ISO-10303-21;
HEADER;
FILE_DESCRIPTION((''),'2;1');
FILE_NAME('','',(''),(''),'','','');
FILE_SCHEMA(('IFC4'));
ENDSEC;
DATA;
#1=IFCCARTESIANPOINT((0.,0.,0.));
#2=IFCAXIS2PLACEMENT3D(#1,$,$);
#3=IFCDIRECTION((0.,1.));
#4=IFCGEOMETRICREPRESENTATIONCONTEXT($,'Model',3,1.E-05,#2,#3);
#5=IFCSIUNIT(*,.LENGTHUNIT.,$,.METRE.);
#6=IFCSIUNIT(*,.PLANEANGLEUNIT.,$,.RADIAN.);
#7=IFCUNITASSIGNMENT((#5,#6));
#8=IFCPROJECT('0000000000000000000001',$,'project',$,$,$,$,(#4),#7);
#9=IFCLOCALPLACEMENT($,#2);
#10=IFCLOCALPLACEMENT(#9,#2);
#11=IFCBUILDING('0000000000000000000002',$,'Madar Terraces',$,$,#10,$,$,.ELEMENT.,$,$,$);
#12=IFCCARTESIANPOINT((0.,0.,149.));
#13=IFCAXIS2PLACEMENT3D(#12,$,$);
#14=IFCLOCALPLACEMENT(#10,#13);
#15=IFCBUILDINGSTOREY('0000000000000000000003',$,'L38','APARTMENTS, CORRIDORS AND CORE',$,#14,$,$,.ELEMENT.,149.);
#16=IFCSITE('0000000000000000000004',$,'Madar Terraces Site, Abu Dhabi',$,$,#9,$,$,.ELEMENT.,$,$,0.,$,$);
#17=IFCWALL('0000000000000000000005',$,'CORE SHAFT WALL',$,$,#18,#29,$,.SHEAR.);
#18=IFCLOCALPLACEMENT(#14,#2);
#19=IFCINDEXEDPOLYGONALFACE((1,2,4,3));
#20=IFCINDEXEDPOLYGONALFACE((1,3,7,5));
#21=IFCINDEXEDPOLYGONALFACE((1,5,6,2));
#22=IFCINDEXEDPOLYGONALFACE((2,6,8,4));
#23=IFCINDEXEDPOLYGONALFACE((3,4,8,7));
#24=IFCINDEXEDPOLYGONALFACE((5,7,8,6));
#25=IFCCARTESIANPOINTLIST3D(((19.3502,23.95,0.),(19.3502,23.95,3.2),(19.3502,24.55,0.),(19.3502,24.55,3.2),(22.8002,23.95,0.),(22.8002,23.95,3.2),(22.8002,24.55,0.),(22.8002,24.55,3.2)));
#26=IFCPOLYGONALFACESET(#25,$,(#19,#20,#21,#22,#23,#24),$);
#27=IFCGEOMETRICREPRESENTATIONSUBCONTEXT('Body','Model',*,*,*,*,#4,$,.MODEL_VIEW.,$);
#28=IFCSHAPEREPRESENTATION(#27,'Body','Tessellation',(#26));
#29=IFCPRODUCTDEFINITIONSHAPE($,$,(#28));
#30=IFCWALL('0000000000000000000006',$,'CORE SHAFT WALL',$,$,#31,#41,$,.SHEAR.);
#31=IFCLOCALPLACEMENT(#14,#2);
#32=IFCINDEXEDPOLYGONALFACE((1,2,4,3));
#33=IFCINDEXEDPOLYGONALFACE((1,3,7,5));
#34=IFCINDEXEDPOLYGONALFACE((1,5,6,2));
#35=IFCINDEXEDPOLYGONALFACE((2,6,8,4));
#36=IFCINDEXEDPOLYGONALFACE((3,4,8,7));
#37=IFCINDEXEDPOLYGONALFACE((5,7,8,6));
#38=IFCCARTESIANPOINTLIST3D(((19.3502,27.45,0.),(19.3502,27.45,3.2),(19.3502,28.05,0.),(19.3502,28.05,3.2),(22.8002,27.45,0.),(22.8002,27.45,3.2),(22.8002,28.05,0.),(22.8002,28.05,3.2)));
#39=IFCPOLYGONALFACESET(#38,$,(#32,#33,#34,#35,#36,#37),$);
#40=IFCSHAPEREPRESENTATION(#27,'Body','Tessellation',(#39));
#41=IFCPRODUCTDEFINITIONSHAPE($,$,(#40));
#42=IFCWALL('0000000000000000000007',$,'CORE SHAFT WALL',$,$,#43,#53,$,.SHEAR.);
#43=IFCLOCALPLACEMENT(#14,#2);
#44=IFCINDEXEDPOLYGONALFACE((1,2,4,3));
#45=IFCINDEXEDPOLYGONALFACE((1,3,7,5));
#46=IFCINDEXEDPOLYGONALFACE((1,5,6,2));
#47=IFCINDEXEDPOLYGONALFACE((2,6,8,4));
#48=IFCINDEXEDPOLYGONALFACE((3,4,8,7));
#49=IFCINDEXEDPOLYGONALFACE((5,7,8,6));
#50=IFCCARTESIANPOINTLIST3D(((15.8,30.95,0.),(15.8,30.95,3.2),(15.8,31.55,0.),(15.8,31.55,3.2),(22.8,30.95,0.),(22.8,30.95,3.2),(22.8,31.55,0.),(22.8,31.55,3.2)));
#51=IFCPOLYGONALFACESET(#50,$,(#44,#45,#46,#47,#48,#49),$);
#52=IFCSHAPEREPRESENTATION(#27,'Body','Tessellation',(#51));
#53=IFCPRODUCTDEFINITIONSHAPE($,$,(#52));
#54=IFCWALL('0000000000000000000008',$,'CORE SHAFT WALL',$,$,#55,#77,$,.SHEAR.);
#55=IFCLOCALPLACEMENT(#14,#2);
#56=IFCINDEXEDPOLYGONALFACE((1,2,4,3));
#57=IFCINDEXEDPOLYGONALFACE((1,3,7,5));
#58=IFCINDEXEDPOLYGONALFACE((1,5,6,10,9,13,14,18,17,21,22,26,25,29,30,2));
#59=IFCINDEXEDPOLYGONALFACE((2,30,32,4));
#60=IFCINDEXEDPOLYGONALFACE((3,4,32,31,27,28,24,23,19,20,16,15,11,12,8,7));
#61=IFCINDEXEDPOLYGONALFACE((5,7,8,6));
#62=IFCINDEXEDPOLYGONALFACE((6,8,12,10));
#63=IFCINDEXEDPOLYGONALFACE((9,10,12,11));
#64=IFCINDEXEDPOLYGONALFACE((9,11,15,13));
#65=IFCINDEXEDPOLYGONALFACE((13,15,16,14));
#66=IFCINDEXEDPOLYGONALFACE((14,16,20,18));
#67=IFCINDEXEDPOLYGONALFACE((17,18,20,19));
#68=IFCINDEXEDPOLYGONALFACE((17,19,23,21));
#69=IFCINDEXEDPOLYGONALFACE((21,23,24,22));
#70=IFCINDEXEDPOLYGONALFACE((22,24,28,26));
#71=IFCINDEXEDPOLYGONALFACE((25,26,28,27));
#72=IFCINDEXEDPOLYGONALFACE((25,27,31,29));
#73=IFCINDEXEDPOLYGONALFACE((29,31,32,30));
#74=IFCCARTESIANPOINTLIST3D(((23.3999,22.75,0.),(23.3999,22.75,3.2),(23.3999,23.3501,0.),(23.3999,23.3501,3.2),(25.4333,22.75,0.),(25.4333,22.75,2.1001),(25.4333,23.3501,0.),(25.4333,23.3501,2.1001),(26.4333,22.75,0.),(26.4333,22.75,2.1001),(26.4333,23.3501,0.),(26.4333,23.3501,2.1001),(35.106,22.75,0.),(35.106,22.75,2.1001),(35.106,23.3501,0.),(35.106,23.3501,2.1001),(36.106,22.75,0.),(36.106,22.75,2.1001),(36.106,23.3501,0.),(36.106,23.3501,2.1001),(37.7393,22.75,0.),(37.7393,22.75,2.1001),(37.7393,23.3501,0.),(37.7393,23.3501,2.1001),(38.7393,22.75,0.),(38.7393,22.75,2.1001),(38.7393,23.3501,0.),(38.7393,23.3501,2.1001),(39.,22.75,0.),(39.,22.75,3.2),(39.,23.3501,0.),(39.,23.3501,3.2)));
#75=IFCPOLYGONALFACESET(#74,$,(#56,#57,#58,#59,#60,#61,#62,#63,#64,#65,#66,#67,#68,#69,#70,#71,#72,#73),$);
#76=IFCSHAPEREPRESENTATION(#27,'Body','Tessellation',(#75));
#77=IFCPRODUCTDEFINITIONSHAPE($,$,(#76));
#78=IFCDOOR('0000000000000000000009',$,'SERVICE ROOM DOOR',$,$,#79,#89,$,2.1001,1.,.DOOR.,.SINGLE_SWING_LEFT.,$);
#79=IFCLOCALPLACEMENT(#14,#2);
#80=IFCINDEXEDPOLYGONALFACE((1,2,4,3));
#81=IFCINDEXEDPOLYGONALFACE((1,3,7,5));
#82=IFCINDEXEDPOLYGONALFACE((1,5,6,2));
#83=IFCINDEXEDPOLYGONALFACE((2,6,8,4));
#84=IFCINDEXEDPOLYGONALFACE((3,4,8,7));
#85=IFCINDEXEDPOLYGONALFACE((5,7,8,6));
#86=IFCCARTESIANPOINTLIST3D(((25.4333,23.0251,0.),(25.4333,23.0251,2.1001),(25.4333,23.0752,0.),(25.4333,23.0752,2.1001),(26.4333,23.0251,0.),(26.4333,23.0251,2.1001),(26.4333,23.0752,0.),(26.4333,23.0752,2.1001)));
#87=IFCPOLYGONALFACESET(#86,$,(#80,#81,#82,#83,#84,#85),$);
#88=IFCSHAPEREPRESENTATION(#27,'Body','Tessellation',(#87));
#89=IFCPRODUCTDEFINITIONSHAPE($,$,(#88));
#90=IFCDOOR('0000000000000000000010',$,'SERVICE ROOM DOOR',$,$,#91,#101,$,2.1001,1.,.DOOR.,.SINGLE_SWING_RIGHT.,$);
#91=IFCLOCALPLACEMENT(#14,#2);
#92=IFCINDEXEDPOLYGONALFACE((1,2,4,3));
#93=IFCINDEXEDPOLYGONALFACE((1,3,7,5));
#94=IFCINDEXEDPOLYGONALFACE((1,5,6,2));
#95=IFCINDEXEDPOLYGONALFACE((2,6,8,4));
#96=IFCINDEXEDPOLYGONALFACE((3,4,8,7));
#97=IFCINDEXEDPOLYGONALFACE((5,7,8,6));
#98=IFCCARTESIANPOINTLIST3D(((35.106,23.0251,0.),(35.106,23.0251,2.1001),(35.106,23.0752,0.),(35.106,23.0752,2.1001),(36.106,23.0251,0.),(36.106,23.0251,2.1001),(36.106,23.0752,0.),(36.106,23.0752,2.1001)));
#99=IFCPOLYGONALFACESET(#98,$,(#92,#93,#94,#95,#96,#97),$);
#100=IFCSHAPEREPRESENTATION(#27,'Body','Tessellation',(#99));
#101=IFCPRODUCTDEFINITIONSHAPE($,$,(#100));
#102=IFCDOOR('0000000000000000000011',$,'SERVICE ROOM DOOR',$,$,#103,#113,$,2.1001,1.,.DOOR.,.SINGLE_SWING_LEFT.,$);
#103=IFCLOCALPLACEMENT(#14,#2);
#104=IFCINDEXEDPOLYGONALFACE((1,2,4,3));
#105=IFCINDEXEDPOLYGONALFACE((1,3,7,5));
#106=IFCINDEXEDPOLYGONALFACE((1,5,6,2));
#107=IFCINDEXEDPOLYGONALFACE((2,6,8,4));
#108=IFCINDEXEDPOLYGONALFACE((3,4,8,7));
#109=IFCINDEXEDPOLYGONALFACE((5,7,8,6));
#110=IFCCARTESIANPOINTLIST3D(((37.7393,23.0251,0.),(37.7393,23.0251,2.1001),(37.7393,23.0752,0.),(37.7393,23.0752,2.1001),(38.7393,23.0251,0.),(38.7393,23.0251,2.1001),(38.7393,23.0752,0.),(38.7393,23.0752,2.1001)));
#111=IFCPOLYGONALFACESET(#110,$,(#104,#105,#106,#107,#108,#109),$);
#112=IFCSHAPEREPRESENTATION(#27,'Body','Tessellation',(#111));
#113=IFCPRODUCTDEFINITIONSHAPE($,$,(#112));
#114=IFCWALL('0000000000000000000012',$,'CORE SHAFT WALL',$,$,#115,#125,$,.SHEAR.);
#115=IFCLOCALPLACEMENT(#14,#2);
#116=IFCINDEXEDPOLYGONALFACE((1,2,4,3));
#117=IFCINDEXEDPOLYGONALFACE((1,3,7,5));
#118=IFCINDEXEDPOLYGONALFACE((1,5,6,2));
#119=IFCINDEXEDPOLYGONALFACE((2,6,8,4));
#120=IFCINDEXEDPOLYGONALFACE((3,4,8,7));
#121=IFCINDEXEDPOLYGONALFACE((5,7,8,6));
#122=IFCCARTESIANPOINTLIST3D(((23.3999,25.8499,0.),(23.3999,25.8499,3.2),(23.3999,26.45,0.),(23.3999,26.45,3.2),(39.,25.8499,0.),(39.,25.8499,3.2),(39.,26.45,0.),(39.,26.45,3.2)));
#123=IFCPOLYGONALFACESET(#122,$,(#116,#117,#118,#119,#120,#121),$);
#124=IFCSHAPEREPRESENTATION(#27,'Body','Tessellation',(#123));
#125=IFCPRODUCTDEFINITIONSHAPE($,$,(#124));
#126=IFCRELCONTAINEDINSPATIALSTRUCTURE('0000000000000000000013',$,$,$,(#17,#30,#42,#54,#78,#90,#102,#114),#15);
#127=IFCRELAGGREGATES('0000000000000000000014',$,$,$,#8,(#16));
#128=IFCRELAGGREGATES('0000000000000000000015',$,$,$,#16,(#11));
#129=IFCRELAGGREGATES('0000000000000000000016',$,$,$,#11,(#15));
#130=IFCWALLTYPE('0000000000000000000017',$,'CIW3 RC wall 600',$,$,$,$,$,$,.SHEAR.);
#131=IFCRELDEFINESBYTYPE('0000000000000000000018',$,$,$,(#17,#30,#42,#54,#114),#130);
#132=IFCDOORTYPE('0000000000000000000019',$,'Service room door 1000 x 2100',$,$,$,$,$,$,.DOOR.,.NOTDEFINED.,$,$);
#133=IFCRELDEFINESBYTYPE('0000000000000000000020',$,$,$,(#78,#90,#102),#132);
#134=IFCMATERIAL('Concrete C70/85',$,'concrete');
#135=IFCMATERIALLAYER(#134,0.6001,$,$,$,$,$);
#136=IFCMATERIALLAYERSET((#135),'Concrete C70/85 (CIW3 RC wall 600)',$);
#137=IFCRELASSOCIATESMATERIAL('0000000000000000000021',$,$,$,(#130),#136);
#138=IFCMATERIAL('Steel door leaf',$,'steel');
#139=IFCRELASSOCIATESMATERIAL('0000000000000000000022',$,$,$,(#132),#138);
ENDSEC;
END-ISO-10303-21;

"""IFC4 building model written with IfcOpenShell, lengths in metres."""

from ifc_helpers import new_model, si_unit, direction, frame, frame_2d, origin, place, context, subcontext, project, spatial, rectangle, extrude, material, layer, layer_set, type_object, element, fill, save


model = new_model("IFC4")

# Units and contexts
model_context = context("Model", 3, precision=1e-05, world=origin(), true_north=direction((0.0, 1.0)))
body_context = subcontext(model_context, "Body", "Model", "MODEL_VIEW")
ifc_project = project(units=[si_unit("LENGTHUNIT", "METRE"), si_unit("PLANEANGLEUNIT", "RADIAN")], contexts=[model_context])

# Site, building, storey
site_placement = place(None, origin())
site = spatial("IfcSite", under=ifc_project, at=site_placement, Name="Madar Terraces Site, Abu Dhabi", CompositionType="ELEMENT", RefElevation=0.0)
building_placement = place(site_placement, origin())
building = spatial("IfcBuilding", under=site, at=building_placement, Name="Madar Terraces", CompositionType="ELEMENT")
storey_placement = place(building_placement, frame((0.0, 0.0, 149.0)))
storey = spatial("IfcBuildingStorey", under=building, at=storey_placement, Name="L38", Description="APARTMENTS, CORRIDORS AND CORE", CompositionType="ELEMENT", Elevation=149.0)

# Walls
ifc_material_1 = material(Name="Concrete C70/85", Category="concrete")
ifc_layer_1 = layer(ifc_material_1, 0.6001)
ifc_layer_set_1 = layer_set([ifc_layer_1], Name="Concrete C70/85 (CIW3 RC wall 600)")
wall_type_1 = type_object("IfcWallType", Name="CIW3 RC wall 600", PredefinedType="SHEAR", material=ifc_layer_set_1)
for number, where, z_axis, x_axis, name in (
    (1, (19.3501, 24.25, 0.0), (0.0, 0.0, 1.0), (1.0, 0.0, 0.0), "CORE SHAFT WALL"),
    (2, (19.3501, 27.75, 0.0), (0.0, 0.0, 1.0), (1.0, 0.0, 0.0), "CORE SHAFT WALL"),
):
    element("IfcWall", number, at=place(storey_placement, frame(where, z_axis=z_axis, x_axis=x_axis)), inside=storey, type_object=wall_type_1, Name=name, PredefinedType="SHEAR", context=body_context, shape_type="SweptSolid", body=[
        extrude(rectangle(XDim=3.45, YDim=0.6001, at=frame_2d((1.7251, 0.0))), origin(), (0.0, 0.0, 1.0), 3.2),
    ])
wall_1_placement = place(storey_placement, frame((15.8, 31.25, 0.0), z_axis=(0.0, 0.0, 1.0), x_axis=(1.0, 0.0, 0.0)))
element("IfcWall", 3, at=wall_1_placement, inside=storey, type_object=wall_type_1, Name="CORE SHAFT WALL", PredefinedType="SHEAR", context=body_context, shape_type="SweptSolid", body=[
    extrude(rectangle(XDim=7.0, YDim=0.6001, at=frame_2d((3.5, 0.0))), origin(), (0.0, 0.0, 1.0), 3.2),
])

# Wall, openings, doors
wall_2_placement = place(storey_placement, frame((23.3999, 23.05, 0.0), z_axis=(0.0, 0.0, 1.0), x_axis=(1.0, 0.0, 0.0)))
wall_2 = element("IfcWall", 4, at=wall_2_placement, inside=storey, type_object=wall_type_1, Name="CORE SHAFT WALL", PredefinedType="SHEAR", context=body_context, shape_type="SweptSolid", body=[
    extrude(rectangle(XDim=15.6001, YDim=0.6001, at=frame_2d((7.8, 0.0))), origin(), (0.0, 0.0, 1.0), 3.2),
])
opening_1_placement = place(wall_2_placement, frame((2.0334, 0.0, 0.0)))
opening_1 = element("IfcOpeningElement", 5, at=opening_1_placement, cuts=wall_2, PredefinedType="OPENING", context=body_context, shape_type="SweptSolid", body=[
    extrude(rectangle(XDim=1.0, YDim=2.1001, at=frame_2d((0.5, 1.05))), frame((0.0, 0.3101, 0.0), z_axis=(0.0, -1.0, 0.0), x_axis=(1.0, 0.0, 0.0)), (0.0, 0.0, 1.0), 0.6201),
])
opening_2_placement = place(wall_2_placement, frame((11.7061, 0.0, 0.0)))
opening_2 = element("IfcOpeningElement", 6, at=opening_2_placement, cuts=wall_2, PredefinedType="OPENING", context=body_context, shape_type="SweptSolid", body=[
    extrude(rectangle(XDim=1.0, YDim=2.1001, at=frame_2d((0.5, 1.05))), frame((0.0, 0.3101, 0.0), z_axis=(0.0, -1.0, 0.0), x_axis=(1.0, 0.0, 0.0)), (0.0, 0.0, 1.0), 0.6201),
])
opening_3_placement = place(wall_2_placement, frame((14.3394, 0.0, 0.0)))
opening_3 = element("IfcOpeningElement", 7, at=opening_3_placement, cuts=wall_2, PredefinedType="OPENING", context=body_context, shape_type="SweptSolid", body=[
    extrude(rectangle(XDim=1.0, YDim=2.1001, at=frame_2d((0.5, 1.05))), frame((0.0, 0.3101, 0.0), z_axis=(0.0, -1.0, 0.0), x_axis=(1.0, 0.0, 0.0)), (0.0, 0.0, 1.0), 0.6201),
])
ifc_material_2 = material(Name="Steel door leaf", Category="steel")
door_type_1 = type_object("IfcDoorType", Name="Service room door 1000 x 2100", OperationType="NOTDEFINED", PredefinedType="DOOR", material=ifc_material_2)
door_1_placement = place(opening_1_placement, frame((1.0, 0.0, 0.0), z_axis=(0.0, 0.0, 1.0), x_axis=(-1.0, 0.0, 0.0)))
door_1 = element("IfcDoor", 8, at=door_1_placement, inside=storey, type_object=door_type_1, Name="SERVICE ROOM DOOR", OperationType="SINGLE_SWING_LEFT", OverallHeight=2.1001, OverallWidth=1.0, PredefinedType="DOOR", context=body_context, shape_type="SweptSolid", body=[
    extrude(rectangle(XDim=1.0, YDim=2.1001, at=frame_2d((0.5, 1.05))), frame((0.0, 0.0249, 0.0), z_axis=(0.0, -1.0, 0.0), x_axis=(1.0, 0.0, 0.0)), (0.0, 0.0, 1.0), 0.05),
])
fill(opening_1, door_1)
door_2_placement = place(opening_2_placement, frame((1.0, 0.0, 0.0), z_axis=(0.0, 0.0, 1.0), x_axis=(-1.0, 0.0, 0.0)))
door_2 = element("IfcDoor", 9, at=door_2_placement, inside=storey, type_object=door_type_1, Name="SERVICE ROOM DOOR", OperationType="SINGLE_SWING_RIGHT", OverallHeight=2.1001, OverallWidth=1.0, PredefinedType="DOOR", context=body_context, shape_type="SweptSolid", body=[
    extrude(rectangle(XDim=1.0, YDim=2.1001, at=frame_2d((0.5, 1.05))), frame((0.0, 0.0249, 0.0), z_axis=(0.0, -1.0, 0.0), x_axis=(1.0, 0.0, 0.0)), (0.0, 0.0, 1.0), 0.05),
])
fill(opening_2, door_2)
door_3_placement = place(opening_3_placement, frame((1.0, 0.0, 0.0), z_axis=(0.0, 0.0, 1.0), x_axis=(-1.0, 0.0, 0.0)))
door_3 = element("IfcDoor", 10, at=door_3_placement, inside=storey, type_object=door_type_1, Name="SERVICE ROOM DOOR", OperationType="SINGLE_SWING_LEFT", OverallHeight=2.1001, OverallWidth=1.0, PredefinedType="DOOR", context=body_context, shape_type="SweptSolid", body=[
    extrude(rectangle(XDim=1.0, YDim=2.1001, at=frame_2d((0.5, 1.05))), frame((0.0, 0.0249, 0.0), z_axis=(0.0, -1.0, 0.0), x_axis=(1.0, 0.0, 0.0)), (0.0, 0.0, 1.0), 0.05),
])
fill(opening_3, door_3)

# Wall
wall_3_placement = place(storey_placement, frame((23.3999, 26.1499, 0.0), z_axis=(0.0, 0.0, 1.0), x_axis=(1.0, 0.0, 0.0)))
element("IfcWall", 11, at=wall_3_placement, inside=storey, type_object=wall_type_1, Name="CORE SHAFT WALL", PredefinedType="SHEAR", context=body_context, shape_type="SweptSolid", body=[
    extrude(rectangle(XDim=15.6001, YDim=0.6001, at=frame_2d((7.8, 0.0))), origin(), (0.0, 0.0, 1.0), 3.2),
])

save(model, "model.ifc")
